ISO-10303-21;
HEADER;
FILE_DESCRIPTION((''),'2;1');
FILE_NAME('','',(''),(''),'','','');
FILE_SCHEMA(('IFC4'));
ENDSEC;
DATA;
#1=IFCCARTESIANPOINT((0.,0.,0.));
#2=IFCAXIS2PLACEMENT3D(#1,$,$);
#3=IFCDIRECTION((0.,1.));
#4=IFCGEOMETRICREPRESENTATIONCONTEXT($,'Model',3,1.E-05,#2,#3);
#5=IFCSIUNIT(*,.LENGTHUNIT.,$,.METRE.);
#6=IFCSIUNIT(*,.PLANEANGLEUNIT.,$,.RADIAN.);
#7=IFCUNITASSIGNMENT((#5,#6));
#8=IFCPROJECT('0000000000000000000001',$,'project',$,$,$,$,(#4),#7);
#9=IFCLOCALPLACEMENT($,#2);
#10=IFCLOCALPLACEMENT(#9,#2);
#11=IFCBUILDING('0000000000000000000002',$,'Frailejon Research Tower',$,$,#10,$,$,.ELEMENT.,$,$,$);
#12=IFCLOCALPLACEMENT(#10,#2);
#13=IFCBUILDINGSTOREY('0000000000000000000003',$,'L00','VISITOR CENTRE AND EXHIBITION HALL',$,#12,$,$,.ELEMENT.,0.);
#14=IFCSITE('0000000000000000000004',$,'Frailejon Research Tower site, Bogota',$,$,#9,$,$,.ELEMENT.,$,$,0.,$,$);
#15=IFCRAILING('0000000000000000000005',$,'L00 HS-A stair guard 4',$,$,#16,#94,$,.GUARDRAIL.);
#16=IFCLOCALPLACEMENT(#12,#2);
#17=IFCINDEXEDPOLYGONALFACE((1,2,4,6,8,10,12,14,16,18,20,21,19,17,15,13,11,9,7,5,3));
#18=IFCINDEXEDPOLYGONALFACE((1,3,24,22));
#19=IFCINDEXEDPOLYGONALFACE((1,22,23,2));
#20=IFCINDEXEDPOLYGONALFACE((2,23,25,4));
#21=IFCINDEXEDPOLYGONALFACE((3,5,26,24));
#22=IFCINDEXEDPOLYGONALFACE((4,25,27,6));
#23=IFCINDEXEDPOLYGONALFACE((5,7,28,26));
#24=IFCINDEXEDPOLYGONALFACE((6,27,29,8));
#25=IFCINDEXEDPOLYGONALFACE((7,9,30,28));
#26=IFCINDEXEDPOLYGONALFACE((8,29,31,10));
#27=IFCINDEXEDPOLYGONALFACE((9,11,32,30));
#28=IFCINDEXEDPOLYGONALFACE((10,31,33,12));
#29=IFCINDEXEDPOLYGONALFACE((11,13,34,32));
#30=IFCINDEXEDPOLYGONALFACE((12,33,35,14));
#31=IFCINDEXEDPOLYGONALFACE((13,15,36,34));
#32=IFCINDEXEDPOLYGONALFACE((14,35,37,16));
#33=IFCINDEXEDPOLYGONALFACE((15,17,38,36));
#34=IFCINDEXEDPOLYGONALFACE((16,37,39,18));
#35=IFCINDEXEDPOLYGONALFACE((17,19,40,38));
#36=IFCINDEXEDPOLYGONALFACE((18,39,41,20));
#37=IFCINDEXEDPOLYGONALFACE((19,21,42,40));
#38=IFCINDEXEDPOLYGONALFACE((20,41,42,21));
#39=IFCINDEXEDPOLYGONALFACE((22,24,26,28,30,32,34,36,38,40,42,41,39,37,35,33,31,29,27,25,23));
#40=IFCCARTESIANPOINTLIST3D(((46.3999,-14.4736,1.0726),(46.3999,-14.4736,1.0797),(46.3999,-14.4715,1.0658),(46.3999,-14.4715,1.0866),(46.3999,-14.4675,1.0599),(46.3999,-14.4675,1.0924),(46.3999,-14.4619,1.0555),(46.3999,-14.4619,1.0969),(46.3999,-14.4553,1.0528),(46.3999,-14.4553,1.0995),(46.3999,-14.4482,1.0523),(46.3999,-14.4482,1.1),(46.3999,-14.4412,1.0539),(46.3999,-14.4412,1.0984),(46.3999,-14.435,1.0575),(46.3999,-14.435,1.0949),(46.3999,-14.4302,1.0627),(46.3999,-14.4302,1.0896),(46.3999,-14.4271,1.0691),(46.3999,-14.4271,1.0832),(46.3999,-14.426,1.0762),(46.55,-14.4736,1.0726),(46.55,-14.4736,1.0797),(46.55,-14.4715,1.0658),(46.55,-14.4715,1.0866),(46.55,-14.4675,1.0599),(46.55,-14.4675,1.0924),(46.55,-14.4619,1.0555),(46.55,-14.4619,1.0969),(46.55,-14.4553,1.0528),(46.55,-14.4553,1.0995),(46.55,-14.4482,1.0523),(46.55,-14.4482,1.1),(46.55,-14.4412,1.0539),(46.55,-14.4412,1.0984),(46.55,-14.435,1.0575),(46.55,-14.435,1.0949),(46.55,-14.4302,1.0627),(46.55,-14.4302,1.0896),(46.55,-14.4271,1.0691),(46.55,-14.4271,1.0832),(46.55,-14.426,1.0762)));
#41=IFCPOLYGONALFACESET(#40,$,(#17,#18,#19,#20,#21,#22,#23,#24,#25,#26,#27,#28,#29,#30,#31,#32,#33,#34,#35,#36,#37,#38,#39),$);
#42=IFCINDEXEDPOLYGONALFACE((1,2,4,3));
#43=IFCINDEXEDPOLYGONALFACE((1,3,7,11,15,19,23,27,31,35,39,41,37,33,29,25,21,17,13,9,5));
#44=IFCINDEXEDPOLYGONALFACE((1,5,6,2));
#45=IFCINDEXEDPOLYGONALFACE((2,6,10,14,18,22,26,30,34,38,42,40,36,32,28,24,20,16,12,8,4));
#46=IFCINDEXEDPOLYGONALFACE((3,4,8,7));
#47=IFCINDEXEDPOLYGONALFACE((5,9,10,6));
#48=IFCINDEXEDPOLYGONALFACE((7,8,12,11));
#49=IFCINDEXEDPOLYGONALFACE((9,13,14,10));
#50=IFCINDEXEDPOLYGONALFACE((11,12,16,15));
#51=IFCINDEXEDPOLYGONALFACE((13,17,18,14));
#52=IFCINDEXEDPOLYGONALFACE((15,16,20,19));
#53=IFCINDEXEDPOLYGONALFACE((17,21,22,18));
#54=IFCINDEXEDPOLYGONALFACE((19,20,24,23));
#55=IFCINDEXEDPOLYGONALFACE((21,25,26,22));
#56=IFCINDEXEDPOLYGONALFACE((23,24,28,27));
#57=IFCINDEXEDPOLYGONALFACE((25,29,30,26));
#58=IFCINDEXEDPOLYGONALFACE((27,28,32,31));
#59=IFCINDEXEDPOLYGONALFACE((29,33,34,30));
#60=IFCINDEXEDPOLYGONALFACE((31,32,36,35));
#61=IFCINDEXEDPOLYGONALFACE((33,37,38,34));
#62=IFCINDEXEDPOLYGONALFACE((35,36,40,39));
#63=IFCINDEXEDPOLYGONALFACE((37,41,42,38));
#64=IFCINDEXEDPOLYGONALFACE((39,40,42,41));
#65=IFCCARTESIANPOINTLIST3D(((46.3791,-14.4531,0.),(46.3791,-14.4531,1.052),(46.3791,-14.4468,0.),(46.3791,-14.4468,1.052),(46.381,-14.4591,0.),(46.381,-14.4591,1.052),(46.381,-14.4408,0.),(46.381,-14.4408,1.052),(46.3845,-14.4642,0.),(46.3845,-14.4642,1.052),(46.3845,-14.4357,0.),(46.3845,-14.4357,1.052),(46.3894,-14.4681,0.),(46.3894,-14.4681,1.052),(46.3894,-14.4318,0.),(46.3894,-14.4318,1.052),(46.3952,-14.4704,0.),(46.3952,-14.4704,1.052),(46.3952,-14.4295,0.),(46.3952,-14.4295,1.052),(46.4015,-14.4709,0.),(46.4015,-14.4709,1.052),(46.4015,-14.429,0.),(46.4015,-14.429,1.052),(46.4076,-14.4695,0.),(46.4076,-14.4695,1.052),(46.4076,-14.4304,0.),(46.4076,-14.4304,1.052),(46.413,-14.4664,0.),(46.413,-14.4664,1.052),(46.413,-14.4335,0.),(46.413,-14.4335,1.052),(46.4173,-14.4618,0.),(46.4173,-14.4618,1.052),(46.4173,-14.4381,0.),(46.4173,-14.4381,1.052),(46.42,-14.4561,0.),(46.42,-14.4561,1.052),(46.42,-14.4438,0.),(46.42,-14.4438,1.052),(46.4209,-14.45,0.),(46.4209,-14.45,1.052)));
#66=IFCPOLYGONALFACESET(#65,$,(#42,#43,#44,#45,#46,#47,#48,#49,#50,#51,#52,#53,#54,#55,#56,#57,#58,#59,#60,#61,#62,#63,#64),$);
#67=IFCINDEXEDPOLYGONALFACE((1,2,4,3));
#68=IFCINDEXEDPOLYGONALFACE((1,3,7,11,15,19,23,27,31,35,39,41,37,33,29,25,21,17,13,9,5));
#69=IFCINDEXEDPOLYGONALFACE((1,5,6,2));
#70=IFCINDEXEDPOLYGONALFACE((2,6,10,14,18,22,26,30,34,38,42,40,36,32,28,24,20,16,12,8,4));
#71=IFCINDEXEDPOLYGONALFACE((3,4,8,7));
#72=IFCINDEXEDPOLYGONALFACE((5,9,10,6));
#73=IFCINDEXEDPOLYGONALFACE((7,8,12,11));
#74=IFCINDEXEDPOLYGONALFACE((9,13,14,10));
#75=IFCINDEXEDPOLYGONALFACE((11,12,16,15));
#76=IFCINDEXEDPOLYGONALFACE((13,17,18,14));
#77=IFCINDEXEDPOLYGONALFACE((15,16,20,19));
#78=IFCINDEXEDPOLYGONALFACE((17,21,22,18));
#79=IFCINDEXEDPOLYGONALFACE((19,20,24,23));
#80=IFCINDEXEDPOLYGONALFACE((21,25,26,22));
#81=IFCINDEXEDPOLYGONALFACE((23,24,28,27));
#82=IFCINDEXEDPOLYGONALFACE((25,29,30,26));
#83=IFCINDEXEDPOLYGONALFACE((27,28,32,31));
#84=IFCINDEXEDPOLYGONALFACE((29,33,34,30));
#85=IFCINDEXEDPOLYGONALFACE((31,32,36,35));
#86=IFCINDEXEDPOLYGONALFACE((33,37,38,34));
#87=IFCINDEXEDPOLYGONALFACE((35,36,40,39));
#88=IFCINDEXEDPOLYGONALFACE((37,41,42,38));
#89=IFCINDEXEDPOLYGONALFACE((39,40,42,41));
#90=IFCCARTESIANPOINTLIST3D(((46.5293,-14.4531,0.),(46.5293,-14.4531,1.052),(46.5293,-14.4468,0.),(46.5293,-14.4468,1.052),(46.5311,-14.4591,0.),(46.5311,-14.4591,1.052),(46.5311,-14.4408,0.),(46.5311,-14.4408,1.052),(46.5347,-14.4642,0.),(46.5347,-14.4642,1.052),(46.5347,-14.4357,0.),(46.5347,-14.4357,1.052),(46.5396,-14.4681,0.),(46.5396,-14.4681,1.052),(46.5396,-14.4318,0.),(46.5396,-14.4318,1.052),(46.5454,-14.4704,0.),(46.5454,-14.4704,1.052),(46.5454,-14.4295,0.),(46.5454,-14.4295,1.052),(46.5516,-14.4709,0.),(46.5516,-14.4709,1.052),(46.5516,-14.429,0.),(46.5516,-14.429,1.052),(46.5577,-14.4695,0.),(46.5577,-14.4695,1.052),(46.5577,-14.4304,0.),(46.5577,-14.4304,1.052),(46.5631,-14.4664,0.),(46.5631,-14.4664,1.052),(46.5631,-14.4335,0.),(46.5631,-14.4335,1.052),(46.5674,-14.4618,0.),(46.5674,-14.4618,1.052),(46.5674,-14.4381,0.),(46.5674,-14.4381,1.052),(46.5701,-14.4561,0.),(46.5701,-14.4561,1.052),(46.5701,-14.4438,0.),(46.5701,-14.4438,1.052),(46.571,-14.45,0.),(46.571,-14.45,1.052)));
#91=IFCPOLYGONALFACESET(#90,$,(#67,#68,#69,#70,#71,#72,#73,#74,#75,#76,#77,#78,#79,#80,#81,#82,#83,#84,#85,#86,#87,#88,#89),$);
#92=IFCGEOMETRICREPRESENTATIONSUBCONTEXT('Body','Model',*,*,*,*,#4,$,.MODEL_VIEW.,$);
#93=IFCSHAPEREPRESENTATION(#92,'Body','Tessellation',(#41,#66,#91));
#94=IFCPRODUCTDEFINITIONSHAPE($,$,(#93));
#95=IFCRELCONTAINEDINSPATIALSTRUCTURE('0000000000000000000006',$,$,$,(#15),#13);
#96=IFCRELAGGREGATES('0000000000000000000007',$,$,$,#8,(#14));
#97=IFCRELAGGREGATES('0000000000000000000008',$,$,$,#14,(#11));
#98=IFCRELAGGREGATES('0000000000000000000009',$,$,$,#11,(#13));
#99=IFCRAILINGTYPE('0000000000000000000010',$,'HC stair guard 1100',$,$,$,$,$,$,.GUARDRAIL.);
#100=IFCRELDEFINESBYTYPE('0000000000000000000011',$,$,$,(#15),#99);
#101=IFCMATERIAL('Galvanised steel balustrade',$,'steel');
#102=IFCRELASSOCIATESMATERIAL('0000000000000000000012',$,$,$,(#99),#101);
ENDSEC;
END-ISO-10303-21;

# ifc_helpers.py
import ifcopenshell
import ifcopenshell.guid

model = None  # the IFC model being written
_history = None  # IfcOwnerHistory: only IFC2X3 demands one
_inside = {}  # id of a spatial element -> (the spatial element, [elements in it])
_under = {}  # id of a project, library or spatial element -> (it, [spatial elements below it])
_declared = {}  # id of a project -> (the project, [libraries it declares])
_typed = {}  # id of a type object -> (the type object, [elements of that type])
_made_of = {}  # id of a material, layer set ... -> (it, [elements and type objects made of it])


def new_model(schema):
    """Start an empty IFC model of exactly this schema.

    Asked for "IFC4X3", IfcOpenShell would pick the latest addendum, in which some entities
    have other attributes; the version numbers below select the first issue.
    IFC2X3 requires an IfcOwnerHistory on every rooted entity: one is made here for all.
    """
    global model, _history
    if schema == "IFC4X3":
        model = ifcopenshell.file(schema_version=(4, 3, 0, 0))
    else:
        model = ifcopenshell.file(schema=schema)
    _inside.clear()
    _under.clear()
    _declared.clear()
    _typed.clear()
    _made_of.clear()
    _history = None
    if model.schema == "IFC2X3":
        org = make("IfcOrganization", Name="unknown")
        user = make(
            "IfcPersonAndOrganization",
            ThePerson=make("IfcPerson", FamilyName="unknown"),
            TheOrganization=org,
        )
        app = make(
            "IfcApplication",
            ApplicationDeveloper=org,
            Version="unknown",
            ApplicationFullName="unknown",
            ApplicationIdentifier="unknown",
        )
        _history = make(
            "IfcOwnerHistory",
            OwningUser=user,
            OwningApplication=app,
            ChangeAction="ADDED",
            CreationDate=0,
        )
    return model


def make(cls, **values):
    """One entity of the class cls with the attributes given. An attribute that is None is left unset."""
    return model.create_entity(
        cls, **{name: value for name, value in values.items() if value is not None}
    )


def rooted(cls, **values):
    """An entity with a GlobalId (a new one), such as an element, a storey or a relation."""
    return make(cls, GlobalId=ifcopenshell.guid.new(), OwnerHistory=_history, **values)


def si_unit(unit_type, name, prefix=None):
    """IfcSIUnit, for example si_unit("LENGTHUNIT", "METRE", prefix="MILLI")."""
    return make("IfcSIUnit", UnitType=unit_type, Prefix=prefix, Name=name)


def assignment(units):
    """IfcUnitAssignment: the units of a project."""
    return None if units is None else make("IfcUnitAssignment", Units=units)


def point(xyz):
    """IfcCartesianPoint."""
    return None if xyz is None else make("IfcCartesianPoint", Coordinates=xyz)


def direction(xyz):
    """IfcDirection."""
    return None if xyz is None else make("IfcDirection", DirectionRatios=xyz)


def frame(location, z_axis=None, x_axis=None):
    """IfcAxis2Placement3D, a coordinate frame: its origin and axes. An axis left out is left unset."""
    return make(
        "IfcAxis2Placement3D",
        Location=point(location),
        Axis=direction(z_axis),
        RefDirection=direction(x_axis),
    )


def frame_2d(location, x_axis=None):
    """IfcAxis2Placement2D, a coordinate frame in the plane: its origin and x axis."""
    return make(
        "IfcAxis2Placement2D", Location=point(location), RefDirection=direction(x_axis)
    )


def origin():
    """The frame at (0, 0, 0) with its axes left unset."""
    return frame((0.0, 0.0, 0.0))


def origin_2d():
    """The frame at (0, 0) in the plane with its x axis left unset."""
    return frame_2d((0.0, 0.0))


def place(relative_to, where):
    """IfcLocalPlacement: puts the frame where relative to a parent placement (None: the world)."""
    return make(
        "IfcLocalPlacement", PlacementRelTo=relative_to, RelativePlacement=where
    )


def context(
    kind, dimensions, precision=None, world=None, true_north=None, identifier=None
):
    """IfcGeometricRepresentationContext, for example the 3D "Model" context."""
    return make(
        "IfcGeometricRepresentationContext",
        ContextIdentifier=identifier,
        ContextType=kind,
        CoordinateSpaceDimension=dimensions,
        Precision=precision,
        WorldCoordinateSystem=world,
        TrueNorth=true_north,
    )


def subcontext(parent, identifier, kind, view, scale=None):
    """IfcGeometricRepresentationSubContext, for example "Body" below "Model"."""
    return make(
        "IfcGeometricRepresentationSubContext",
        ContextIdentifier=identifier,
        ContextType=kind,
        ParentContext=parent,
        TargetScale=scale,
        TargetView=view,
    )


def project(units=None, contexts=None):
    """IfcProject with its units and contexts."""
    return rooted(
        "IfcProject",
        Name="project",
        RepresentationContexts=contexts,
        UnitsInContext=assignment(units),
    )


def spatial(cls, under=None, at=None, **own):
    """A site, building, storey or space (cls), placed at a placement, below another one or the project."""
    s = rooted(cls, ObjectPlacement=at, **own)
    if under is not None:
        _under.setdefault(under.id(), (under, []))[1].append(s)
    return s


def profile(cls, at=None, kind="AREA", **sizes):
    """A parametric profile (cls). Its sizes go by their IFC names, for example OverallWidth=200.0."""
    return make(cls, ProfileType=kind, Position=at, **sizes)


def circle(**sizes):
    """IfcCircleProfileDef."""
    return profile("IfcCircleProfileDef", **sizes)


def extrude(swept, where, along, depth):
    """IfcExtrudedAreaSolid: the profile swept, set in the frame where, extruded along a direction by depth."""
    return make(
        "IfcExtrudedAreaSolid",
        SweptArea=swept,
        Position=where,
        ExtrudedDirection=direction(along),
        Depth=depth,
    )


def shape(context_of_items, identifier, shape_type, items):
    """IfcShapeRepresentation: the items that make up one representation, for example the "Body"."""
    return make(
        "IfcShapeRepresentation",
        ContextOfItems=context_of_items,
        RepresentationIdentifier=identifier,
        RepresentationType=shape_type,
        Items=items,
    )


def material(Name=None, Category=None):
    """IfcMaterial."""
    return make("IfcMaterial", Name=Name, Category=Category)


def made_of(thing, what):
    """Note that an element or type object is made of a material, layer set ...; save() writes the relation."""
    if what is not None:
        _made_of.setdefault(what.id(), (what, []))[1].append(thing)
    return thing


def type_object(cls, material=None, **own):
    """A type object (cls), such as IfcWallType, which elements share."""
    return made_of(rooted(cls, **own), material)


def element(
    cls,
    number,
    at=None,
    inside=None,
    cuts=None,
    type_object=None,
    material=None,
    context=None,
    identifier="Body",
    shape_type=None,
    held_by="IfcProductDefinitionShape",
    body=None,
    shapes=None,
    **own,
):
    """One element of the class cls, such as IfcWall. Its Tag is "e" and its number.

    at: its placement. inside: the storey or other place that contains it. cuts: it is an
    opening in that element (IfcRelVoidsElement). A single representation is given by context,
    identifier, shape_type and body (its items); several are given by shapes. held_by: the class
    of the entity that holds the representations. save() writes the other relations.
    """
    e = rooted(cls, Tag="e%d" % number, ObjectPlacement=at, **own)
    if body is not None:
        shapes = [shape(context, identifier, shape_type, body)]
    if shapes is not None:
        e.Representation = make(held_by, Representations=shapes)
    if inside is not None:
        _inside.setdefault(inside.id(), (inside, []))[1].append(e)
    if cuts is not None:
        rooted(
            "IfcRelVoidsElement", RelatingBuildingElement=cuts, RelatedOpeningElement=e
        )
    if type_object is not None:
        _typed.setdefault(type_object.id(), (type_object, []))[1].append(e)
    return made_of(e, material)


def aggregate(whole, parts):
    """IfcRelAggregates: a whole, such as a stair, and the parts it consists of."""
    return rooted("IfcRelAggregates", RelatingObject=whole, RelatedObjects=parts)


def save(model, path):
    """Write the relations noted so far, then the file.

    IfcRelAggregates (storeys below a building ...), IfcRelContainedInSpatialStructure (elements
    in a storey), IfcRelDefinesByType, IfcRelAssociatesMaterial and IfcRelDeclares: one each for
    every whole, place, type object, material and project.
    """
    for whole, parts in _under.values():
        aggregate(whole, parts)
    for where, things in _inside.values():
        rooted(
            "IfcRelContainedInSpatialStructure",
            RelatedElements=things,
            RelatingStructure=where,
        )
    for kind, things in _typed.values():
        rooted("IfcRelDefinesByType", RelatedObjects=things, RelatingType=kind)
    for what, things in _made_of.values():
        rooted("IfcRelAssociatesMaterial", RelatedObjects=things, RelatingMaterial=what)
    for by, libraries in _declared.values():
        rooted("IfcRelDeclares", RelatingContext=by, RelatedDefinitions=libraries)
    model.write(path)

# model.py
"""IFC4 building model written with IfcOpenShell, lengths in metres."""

from ifc_helpers import new_model, si_unit, direction, frame, origin, origin_2d, place, context, subcontext, project, spatial, circle, extrude, material, type_object, element, save


model = new_model("IFC4")

# Units and contexts
model_context = context("Model", 3, precision=1e-05, world=origin(), true_north=direction((0.0, 1.0)))
body_context = subcontext(model_context, "Body", "Model", "MODEL_VIEW")
ifc_project = project(units=[si_unit("LENGTHUNIT", "METRE"), si_unit("PLANEANGLEUNIT", "RADIAN")], contexts=[model_context])

# Site, building, storey
site_placement = place(None, origin())
site = spatial("IfcSite", under=ifc_project, at=site_placement, Name="Frailejon Research Tower site, Bogota", CompositionType="ELEMENT", RefElevation=0.0)
building_placement = place(site_placement, origin())
building = spatial("IfcBuilding", under=site, at=building_placement, Name="Frailejon Research Tower", CompositionType="ELEMENT")
storey_placement = place(building_placement, origin())
storey = spatial("IfcBuildingStorey", under=building, at=storey_placement, Name="L00", Description="VISITOR CENTRE AND EXHIBITION HALL", CompositionType="ELEMENT", Elevation=0.0)

# Railing
ifc_material_1 = material(Name="Galvanised steel balustrade", Category="steel")
railing_type_1 = type_object("IfcRailingType", Name="HC stair guard 1100", PredefinedType="GUARDRAIL", material=ifc_material_1)
railing_1_placement = place(storey_placement, frame((46.3999, -14.45, 0.0)))
element("IfcRailing", 1, at=railing_1_placement, inside=storey, type_object=railing_type_1, Name="L00 HS-A stair guard 4", PredefinedType="GUARDRAIL", context=body_context, shape_type="SweptSolid", body=[
    extrude(circle(Radius=0.0239, at=origin_2d()), frame((0.0, 0.0, 1.0762), z_axis=(1.0, 0.0, 0.0), x_axis=(0.0, 1.0, 0.0)), (0.0, 0.0, 1.0), 0.1501),
    extrude(circle(Radius=0.021, at=origin_2d()), origin(), (0.0, 0.0, 1.0), 1.052),
    extrude(circle(Radius=0.021, at=origin_2d()), frame((0.1501, 0.0, 0.0)), (0.0, 0.0, 1.0), 1.052),
])

save(model, "model.ifc")
